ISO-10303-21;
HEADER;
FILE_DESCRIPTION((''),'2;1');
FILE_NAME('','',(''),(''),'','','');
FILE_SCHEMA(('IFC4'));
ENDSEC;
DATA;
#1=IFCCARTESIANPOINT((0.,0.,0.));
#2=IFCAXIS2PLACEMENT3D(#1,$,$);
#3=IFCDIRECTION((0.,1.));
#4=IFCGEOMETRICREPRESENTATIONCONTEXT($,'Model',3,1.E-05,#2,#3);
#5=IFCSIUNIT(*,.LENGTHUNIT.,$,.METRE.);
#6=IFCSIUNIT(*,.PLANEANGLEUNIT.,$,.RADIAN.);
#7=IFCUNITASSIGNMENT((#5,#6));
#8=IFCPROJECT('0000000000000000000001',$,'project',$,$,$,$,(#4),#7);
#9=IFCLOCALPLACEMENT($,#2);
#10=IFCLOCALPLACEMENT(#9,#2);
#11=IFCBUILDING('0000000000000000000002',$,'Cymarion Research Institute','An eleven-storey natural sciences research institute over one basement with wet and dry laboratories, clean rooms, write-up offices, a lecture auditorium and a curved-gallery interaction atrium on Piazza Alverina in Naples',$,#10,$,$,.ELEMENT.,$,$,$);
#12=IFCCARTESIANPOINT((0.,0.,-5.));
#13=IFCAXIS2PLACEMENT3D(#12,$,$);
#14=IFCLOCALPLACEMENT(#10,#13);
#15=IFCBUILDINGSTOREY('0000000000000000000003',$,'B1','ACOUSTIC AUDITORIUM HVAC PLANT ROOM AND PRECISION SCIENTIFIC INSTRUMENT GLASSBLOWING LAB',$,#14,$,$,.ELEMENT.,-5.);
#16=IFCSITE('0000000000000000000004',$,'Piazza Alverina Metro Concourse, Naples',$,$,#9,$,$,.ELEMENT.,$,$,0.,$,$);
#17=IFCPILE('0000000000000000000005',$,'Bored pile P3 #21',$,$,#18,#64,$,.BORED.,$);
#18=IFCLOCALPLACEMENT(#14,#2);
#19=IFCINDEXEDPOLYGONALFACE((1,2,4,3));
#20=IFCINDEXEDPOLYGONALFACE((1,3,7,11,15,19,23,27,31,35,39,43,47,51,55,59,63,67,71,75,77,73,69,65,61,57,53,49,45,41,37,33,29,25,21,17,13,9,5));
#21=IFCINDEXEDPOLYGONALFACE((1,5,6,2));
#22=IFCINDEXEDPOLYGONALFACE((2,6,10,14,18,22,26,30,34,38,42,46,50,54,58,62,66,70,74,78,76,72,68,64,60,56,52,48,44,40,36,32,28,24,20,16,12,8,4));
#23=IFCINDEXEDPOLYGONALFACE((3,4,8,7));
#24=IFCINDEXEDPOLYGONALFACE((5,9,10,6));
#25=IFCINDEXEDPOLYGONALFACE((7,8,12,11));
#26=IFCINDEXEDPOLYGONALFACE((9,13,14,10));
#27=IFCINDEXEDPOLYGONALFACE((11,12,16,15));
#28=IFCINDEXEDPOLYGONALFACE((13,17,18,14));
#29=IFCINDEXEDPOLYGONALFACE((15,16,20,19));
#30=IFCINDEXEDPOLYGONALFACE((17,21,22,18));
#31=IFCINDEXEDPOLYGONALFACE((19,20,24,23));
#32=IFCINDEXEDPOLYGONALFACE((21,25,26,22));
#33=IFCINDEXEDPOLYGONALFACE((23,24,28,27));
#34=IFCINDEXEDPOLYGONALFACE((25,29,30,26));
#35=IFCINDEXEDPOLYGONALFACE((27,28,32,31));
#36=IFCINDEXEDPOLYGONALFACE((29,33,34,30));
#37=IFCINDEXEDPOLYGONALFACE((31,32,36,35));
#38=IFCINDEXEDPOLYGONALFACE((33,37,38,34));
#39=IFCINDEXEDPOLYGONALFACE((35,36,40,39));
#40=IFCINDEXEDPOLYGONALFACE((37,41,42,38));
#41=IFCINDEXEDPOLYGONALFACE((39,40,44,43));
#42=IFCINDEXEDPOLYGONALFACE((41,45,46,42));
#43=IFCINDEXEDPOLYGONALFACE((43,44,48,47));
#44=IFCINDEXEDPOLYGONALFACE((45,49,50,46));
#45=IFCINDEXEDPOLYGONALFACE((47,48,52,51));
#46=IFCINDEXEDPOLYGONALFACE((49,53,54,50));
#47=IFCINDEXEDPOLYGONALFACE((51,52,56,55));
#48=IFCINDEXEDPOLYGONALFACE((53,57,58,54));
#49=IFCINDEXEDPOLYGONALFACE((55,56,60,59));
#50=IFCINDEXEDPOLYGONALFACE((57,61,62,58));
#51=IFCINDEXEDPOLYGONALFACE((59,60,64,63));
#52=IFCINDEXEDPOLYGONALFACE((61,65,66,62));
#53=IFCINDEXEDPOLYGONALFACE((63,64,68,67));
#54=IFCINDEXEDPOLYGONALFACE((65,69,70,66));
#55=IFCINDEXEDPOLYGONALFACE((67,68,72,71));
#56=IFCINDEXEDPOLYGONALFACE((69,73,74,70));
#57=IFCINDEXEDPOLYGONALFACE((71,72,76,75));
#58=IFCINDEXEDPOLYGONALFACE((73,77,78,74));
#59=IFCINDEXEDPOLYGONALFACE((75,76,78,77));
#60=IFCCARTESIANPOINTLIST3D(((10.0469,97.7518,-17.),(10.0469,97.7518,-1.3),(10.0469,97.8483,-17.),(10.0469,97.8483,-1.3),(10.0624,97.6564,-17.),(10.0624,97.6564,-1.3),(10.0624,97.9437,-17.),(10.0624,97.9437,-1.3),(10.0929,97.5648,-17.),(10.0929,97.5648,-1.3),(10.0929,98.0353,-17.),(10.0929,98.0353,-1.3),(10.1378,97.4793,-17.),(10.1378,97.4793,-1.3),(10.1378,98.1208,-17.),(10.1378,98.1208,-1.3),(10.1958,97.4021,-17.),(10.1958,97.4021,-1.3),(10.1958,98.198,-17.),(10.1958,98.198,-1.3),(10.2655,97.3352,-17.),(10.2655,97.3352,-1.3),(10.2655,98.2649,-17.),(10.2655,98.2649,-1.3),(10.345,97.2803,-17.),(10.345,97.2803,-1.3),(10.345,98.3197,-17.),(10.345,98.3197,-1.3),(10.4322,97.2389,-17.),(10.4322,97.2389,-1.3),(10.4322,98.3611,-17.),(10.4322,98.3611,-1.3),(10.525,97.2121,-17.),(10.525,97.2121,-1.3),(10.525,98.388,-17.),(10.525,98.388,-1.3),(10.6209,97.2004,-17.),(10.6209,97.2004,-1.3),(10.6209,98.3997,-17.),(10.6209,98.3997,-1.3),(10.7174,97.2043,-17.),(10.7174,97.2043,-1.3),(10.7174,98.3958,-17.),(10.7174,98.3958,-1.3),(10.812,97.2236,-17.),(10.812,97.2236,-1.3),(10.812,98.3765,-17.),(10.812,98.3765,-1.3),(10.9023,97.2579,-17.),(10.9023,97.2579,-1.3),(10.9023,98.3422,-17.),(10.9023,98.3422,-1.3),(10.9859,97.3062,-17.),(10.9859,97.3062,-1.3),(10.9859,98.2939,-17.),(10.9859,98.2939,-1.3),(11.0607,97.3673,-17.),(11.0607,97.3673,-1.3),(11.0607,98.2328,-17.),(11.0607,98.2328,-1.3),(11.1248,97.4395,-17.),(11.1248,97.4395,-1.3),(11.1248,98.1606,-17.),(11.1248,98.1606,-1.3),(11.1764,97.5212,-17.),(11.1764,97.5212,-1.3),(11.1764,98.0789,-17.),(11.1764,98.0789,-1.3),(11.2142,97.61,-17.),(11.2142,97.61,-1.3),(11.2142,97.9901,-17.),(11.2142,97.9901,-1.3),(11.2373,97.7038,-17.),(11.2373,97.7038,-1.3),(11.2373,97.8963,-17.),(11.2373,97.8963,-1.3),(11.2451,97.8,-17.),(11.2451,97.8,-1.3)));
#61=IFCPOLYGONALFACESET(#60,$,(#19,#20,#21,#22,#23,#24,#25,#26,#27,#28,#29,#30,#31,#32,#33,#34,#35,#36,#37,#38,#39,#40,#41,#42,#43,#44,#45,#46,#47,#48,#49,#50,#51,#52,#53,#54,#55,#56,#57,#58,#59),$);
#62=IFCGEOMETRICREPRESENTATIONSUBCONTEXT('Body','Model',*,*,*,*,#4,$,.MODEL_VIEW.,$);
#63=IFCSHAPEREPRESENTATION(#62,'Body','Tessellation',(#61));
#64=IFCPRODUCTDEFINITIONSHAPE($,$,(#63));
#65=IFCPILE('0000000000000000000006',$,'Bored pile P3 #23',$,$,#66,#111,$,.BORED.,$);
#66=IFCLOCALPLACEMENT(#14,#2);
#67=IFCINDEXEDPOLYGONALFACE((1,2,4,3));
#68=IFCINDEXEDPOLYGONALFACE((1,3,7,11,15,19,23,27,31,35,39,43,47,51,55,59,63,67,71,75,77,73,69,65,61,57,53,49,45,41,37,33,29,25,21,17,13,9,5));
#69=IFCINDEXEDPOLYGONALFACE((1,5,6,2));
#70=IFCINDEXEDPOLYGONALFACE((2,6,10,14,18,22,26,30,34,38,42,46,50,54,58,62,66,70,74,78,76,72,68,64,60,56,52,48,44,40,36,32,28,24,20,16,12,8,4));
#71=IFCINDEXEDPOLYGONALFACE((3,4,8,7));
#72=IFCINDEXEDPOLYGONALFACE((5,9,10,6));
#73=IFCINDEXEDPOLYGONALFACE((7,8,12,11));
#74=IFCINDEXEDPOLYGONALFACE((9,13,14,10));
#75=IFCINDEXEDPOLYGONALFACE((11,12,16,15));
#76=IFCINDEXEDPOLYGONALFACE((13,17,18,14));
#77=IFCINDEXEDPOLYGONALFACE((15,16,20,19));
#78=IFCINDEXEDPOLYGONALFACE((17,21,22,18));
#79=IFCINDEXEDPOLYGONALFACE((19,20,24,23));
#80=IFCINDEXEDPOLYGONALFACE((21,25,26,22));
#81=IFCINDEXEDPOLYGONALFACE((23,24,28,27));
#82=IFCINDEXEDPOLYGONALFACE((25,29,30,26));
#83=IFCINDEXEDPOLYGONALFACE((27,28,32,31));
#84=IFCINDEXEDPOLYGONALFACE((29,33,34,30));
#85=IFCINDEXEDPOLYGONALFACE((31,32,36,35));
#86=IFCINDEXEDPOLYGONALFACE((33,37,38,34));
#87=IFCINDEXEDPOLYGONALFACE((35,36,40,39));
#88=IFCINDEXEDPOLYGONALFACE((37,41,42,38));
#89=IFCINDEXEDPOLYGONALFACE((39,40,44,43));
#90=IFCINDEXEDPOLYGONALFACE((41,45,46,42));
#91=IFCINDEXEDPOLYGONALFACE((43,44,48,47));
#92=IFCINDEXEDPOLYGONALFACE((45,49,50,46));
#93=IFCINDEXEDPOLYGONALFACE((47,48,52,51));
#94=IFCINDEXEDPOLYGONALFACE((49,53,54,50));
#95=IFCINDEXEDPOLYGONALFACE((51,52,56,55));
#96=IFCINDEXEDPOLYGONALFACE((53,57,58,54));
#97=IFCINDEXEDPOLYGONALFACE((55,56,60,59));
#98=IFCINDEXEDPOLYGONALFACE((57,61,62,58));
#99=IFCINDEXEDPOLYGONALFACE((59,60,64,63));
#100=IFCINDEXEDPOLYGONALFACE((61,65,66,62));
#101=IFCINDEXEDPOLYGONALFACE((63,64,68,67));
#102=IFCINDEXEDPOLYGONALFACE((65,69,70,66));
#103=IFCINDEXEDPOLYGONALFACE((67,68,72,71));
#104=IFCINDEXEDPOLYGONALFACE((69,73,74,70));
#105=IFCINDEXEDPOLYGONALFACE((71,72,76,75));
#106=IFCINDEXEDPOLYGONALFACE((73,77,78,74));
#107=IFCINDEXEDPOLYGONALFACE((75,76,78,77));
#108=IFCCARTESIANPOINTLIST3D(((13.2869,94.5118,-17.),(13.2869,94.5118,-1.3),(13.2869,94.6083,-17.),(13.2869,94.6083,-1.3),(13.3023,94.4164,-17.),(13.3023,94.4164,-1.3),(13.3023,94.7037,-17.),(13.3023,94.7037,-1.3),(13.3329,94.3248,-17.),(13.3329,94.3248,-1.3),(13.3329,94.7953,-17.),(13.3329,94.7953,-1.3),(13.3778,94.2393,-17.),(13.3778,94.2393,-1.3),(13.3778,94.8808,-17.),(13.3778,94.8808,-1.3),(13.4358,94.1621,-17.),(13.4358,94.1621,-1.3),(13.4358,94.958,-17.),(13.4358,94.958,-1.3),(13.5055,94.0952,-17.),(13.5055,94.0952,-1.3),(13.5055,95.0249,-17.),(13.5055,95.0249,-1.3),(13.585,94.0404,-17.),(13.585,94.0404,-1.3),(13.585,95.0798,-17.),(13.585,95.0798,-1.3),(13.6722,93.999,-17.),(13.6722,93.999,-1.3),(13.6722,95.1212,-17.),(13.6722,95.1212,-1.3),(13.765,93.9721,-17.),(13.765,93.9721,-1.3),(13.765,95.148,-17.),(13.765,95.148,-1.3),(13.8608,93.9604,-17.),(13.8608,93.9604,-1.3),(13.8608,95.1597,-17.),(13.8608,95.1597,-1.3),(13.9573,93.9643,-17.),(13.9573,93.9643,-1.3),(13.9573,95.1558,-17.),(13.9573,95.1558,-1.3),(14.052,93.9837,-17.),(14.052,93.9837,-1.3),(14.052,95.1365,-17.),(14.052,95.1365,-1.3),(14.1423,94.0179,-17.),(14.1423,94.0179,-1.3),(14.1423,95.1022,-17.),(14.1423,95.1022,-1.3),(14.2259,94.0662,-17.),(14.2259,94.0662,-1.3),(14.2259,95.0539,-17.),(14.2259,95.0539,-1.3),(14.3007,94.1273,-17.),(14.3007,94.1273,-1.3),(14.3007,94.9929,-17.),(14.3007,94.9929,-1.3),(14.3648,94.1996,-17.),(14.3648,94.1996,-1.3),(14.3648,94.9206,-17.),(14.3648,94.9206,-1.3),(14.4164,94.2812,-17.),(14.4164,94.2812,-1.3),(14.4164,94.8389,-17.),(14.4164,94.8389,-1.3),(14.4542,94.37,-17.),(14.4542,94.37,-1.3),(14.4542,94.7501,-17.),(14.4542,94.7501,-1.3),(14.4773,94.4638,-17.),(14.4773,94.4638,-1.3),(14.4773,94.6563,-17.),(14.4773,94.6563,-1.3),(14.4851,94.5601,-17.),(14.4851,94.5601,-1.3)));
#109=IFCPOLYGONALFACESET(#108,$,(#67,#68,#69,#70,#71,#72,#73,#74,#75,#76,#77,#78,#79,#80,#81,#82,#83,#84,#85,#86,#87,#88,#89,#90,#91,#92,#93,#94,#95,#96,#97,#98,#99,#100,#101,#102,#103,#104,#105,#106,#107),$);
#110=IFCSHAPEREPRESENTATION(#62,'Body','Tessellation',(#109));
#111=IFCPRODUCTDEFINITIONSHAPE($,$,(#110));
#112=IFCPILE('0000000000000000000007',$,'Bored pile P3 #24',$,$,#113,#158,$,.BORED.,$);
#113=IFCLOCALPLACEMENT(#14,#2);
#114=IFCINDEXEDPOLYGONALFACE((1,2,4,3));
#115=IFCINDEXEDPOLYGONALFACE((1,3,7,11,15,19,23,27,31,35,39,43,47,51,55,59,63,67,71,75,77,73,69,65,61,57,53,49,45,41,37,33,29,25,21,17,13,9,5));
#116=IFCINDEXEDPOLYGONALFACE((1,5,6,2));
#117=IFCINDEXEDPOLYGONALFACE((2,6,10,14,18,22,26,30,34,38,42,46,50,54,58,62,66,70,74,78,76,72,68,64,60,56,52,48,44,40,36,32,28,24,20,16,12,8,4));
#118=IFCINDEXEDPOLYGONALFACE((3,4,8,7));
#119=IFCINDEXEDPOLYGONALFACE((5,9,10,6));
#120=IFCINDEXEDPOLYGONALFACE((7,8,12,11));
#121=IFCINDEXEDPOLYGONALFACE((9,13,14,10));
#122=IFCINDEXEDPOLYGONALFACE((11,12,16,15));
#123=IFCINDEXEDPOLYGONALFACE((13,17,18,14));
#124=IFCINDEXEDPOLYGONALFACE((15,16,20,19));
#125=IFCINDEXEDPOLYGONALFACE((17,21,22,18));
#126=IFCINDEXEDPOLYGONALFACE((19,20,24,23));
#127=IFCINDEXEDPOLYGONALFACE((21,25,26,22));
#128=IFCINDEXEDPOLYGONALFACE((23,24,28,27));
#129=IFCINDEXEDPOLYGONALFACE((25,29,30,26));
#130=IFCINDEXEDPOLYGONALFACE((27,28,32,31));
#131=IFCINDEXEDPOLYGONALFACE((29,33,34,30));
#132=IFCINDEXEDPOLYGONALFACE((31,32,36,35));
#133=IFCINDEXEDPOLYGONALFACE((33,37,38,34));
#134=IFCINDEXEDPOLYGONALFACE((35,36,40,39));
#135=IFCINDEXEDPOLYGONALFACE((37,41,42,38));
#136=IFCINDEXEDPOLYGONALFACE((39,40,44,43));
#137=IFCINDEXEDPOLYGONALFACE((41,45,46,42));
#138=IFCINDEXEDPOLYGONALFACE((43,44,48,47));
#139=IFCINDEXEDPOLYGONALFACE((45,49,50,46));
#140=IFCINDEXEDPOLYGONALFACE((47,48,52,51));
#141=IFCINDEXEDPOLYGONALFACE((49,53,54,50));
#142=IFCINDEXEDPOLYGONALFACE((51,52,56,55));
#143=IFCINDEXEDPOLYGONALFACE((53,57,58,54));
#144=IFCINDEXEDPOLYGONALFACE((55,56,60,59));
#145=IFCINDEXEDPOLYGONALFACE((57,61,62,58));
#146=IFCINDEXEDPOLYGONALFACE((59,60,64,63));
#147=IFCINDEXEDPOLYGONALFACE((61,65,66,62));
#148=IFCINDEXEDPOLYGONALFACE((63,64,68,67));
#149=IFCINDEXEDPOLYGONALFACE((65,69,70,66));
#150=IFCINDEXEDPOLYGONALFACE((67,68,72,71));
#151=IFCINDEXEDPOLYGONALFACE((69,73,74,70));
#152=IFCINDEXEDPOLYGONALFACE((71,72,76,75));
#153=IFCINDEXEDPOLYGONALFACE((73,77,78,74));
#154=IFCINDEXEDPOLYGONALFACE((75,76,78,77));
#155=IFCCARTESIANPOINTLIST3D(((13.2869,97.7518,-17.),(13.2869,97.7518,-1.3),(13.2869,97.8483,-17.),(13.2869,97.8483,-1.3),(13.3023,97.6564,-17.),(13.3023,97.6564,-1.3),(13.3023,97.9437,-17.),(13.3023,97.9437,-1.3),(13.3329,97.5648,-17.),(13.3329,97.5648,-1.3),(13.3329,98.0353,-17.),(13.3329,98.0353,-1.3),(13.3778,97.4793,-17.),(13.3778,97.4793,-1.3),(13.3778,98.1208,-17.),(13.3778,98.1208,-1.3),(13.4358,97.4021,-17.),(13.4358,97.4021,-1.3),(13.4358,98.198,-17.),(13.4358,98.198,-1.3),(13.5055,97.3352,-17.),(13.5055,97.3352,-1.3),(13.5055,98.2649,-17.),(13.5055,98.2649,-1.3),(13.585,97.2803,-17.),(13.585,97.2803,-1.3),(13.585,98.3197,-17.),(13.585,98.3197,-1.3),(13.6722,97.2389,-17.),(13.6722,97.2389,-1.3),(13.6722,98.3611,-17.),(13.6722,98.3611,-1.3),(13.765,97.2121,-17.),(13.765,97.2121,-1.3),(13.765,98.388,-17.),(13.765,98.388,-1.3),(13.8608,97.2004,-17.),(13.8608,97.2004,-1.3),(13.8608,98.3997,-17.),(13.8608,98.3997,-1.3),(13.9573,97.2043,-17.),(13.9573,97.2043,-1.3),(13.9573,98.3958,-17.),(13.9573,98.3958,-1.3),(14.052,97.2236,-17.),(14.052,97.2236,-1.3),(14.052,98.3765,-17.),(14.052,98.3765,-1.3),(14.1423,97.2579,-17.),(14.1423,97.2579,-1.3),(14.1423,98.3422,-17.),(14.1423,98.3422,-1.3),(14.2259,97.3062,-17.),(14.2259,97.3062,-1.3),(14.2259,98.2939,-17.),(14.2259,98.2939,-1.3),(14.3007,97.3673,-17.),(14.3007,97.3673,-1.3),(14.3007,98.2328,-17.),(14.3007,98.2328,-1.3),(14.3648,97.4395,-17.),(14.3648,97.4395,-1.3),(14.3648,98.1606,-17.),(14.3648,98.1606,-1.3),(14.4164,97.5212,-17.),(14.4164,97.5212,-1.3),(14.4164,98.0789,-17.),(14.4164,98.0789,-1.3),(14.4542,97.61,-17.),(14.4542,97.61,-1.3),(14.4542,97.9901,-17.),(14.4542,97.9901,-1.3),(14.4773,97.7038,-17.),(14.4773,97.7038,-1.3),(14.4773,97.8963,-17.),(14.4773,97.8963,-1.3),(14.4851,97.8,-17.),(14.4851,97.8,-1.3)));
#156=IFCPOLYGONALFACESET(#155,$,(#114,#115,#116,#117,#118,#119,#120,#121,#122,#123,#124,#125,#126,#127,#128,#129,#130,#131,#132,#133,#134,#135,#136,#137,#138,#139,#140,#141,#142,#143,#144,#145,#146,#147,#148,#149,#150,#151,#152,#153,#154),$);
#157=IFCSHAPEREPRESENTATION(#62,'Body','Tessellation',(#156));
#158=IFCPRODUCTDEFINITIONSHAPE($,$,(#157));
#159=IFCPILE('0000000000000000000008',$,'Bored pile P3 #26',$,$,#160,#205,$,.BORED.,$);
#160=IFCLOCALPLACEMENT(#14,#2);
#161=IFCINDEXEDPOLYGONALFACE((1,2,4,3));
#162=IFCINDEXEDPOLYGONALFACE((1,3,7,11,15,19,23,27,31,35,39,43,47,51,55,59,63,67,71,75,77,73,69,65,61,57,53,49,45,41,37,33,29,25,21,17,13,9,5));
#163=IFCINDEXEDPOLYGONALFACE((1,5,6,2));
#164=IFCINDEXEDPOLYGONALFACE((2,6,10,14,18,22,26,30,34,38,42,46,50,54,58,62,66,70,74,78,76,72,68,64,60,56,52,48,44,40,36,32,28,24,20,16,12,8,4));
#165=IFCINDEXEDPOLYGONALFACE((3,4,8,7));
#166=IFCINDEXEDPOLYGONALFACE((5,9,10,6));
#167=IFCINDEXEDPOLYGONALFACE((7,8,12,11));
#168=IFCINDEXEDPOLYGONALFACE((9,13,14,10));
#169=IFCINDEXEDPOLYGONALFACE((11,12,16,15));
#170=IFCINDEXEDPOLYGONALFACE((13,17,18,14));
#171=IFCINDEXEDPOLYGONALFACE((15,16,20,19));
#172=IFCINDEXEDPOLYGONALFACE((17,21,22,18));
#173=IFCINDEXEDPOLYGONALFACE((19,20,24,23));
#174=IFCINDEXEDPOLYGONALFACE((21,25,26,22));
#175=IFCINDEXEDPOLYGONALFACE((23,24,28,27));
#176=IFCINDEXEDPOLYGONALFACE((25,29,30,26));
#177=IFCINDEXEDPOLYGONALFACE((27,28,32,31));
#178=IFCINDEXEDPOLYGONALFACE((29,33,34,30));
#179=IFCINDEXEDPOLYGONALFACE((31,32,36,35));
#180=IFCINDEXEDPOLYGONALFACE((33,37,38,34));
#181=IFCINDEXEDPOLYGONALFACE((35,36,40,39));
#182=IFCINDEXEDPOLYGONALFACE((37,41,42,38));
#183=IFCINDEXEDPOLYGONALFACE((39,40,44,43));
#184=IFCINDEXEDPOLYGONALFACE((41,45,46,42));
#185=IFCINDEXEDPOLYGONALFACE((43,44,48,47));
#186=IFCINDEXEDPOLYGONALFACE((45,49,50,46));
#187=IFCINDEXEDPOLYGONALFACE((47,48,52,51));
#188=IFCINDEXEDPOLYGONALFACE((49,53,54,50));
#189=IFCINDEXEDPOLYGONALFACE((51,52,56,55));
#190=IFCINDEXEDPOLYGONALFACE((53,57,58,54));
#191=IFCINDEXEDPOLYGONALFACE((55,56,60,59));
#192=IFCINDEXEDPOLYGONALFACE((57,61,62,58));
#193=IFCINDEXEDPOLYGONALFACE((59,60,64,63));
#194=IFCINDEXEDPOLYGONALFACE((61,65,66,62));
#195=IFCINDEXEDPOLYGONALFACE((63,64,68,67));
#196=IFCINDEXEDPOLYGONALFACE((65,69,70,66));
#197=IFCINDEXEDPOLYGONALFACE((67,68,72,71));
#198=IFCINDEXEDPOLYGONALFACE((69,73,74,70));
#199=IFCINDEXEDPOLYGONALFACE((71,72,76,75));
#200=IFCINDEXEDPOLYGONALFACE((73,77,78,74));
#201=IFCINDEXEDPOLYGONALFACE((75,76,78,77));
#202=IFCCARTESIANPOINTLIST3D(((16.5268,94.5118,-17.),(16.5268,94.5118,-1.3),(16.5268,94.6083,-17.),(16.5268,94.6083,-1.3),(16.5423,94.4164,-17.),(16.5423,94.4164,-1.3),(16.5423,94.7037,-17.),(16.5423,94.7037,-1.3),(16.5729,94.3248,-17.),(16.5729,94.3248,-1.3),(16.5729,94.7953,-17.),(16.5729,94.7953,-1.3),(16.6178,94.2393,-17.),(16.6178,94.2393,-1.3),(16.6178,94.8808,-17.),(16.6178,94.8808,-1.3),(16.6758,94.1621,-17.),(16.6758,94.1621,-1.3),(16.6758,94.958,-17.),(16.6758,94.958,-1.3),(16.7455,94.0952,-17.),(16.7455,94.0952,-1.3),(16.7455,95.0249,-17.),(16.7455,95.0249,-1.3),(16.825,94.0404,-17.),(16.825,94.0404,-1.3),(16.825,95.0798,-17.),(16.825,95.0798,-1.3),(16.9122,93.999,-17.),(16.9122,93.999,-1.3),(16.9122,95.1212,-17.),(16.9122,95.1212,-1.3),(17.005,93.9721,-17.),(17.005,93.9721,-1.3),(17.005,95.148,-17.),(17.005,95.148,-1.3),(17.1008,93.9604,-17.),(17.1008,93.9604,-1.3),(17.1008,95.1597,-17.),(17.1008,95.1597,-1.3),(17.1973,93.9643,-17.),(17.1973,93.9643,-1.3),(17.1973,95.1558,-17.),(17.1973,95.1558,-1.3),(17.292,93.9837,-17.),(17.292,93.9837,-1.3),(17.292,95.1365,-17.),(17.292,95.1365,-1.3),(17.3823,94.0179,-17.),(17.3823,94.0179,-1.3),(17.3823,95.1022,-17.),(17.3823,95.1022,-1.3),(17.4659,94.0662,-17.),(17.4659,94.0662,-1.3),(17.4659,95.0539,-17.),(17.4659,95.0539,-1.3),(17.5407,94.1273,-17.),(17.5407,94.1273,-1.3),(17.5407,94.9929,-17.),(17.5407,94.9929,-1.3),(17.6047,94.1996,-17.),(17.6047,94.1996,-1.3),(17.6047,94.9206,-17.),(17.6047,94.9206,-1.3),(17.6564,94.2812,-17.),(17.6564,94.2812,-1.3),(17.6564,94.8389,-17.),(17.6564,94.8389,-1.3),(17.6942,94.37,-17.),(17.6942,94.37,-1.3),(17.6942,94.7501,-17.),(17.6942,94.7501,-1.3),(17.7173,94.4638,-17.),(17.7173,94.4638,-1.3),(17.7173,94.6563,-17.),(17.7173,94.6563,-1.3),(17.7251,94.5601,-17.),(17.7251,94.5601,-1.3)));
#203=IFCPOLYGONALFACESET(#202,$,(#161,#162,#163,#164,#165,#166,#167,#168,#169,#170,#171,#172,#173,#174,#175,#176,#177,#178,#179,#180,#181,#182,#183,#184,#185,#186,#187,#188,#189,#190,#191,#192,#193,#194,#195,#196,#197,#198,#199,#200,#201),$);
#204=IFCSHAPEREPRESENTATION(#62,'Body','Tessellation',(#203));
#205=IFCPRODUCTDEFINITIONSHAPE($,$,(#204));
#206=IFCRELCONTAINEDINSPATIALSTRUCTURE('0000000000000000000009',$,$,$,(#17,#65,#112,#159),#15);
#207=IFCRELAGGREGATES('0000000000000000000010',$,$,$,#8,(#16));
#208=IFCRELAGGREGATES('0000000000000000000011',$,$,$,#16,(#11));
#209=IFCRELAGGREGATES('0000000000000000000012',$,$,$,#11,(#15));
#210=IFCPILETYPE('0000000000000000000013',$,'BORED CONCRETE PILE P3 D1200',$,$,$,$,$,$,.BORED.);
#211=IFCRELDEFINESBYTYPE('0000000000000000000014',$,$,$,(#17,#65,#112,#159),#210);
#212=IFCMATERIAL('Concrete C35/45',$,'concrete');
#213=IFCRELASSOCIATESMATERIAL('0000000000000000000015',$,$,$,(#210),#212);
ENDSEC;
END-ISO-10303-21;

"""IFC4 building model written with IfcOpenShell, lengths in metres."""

from ifc_helpers import new_model, si_unit, direction, frame, origin, origin_2d, place, context, subcontext, project, spatial, circle, extrude, material, material_profile, profile_set, type_object, element, save


model = new_model("IFC4")

# Units and contexts
model_context = context("Model", 3, precision=1e-05, world=origin(), true_north=direction((0.0, 1.0)))
body_context = subcontext(model_context, "Body", "Model", "MODEL_VIEW")
ifc_project = project(units=[si_unit("LENGTHUNIT", "METRE"), si_unit("PLANEANGLEUNIT", "RADIAN")], contexts=[model_context])

# Site, building, storey
site_placement = place(None, origin())
site = spatial("IfcSite", under=ifc_project, at=site_placement, Name="Piazza Alverina Metro Concourse, Naples", CompositionType="ELEMENT", RefElevation=0.0)
building_placement = place(site_placement, origin())
building = spatial("IfcBuilding", under=site, at=building_placement, Name="Cymarion Research Institute", Description="An eleven-storey natural sciences research institute over one basement with wet and dry laboratories, clean rooms, write-up offices, a lecture auditorium and a curved-gallery interaction atrium on Piazza Alverina in Naples", CompositionType="ELEMENT")
storey_placement = place(building_placement, frame((0.0, 0.0, -5.0)))
storey = spatial("IfcBuildingStorey", under=building, at=storey_placement, Name="B1", Description="ACOUSTIC AUDITORIUM HVAC PLANT ROOM AND PRECISION SCIENTIFIC INSTRUMENT GLASSBLOWING LAB", CompositionType="ELEMENT", Elevation=-5.0)

# Piles
ifc_material_1 = material(Name="Concrete C35/45", Category="concrete")
ifc_material_profile_1 = material_profile(ifc_material_1, circle(Radius=0.6001, at=origin_2d()), Name="BORED PILE D1200")
ifc_profile_set_1 = profile_set([ifc_material_profile_1], Name="Concrete C35/45")
pile_type_1 = type_object("IfcPileType", Name="BORED CONCRETE PILE P3 D1200", PredefinedType="BORED", material=ifc_profile_set_1)
for number, where, z_axis, x_axis, name in (
    (1, (10.645, 97.8, -1.3), (0.0, 0.0, -1.0), (1.0, 0.0, 0.0), "Bored pile P3 #21"),
    (2, (13.885, 94.5601, -1.3), (0.0, 0.0, -1.0), (1.0, 0.0, 0.0), "Bored pile P3 #23"),
    (3, (13.885, 97.8, -1.3), (0.0, 0.0, -1.0), (1.0, 0.0, 0.0), "Bored pile P3 #24"),
    (4, (17.125, 94.5601, -1.3), (0.0, 0.0, -1.0), (1.0, 0.0, 0.0), "Bored pile P3 #26"),
):
    element("IfcPile", number, at=place(storey_placement, frame(where, z_axis=z_axis, x_axis=x_axis)), inside=storey, type_object=pile_type_1, Name=name, PredefinedType="BORED", context=body_context, shape_type="SweptSolid", body=[
        extrude(circle(Radius=0.6001, at=origin_2d()), origin(), (0.0, 0.0, 1.0), 15.7),
    ])

save(model, "model.ifc")
